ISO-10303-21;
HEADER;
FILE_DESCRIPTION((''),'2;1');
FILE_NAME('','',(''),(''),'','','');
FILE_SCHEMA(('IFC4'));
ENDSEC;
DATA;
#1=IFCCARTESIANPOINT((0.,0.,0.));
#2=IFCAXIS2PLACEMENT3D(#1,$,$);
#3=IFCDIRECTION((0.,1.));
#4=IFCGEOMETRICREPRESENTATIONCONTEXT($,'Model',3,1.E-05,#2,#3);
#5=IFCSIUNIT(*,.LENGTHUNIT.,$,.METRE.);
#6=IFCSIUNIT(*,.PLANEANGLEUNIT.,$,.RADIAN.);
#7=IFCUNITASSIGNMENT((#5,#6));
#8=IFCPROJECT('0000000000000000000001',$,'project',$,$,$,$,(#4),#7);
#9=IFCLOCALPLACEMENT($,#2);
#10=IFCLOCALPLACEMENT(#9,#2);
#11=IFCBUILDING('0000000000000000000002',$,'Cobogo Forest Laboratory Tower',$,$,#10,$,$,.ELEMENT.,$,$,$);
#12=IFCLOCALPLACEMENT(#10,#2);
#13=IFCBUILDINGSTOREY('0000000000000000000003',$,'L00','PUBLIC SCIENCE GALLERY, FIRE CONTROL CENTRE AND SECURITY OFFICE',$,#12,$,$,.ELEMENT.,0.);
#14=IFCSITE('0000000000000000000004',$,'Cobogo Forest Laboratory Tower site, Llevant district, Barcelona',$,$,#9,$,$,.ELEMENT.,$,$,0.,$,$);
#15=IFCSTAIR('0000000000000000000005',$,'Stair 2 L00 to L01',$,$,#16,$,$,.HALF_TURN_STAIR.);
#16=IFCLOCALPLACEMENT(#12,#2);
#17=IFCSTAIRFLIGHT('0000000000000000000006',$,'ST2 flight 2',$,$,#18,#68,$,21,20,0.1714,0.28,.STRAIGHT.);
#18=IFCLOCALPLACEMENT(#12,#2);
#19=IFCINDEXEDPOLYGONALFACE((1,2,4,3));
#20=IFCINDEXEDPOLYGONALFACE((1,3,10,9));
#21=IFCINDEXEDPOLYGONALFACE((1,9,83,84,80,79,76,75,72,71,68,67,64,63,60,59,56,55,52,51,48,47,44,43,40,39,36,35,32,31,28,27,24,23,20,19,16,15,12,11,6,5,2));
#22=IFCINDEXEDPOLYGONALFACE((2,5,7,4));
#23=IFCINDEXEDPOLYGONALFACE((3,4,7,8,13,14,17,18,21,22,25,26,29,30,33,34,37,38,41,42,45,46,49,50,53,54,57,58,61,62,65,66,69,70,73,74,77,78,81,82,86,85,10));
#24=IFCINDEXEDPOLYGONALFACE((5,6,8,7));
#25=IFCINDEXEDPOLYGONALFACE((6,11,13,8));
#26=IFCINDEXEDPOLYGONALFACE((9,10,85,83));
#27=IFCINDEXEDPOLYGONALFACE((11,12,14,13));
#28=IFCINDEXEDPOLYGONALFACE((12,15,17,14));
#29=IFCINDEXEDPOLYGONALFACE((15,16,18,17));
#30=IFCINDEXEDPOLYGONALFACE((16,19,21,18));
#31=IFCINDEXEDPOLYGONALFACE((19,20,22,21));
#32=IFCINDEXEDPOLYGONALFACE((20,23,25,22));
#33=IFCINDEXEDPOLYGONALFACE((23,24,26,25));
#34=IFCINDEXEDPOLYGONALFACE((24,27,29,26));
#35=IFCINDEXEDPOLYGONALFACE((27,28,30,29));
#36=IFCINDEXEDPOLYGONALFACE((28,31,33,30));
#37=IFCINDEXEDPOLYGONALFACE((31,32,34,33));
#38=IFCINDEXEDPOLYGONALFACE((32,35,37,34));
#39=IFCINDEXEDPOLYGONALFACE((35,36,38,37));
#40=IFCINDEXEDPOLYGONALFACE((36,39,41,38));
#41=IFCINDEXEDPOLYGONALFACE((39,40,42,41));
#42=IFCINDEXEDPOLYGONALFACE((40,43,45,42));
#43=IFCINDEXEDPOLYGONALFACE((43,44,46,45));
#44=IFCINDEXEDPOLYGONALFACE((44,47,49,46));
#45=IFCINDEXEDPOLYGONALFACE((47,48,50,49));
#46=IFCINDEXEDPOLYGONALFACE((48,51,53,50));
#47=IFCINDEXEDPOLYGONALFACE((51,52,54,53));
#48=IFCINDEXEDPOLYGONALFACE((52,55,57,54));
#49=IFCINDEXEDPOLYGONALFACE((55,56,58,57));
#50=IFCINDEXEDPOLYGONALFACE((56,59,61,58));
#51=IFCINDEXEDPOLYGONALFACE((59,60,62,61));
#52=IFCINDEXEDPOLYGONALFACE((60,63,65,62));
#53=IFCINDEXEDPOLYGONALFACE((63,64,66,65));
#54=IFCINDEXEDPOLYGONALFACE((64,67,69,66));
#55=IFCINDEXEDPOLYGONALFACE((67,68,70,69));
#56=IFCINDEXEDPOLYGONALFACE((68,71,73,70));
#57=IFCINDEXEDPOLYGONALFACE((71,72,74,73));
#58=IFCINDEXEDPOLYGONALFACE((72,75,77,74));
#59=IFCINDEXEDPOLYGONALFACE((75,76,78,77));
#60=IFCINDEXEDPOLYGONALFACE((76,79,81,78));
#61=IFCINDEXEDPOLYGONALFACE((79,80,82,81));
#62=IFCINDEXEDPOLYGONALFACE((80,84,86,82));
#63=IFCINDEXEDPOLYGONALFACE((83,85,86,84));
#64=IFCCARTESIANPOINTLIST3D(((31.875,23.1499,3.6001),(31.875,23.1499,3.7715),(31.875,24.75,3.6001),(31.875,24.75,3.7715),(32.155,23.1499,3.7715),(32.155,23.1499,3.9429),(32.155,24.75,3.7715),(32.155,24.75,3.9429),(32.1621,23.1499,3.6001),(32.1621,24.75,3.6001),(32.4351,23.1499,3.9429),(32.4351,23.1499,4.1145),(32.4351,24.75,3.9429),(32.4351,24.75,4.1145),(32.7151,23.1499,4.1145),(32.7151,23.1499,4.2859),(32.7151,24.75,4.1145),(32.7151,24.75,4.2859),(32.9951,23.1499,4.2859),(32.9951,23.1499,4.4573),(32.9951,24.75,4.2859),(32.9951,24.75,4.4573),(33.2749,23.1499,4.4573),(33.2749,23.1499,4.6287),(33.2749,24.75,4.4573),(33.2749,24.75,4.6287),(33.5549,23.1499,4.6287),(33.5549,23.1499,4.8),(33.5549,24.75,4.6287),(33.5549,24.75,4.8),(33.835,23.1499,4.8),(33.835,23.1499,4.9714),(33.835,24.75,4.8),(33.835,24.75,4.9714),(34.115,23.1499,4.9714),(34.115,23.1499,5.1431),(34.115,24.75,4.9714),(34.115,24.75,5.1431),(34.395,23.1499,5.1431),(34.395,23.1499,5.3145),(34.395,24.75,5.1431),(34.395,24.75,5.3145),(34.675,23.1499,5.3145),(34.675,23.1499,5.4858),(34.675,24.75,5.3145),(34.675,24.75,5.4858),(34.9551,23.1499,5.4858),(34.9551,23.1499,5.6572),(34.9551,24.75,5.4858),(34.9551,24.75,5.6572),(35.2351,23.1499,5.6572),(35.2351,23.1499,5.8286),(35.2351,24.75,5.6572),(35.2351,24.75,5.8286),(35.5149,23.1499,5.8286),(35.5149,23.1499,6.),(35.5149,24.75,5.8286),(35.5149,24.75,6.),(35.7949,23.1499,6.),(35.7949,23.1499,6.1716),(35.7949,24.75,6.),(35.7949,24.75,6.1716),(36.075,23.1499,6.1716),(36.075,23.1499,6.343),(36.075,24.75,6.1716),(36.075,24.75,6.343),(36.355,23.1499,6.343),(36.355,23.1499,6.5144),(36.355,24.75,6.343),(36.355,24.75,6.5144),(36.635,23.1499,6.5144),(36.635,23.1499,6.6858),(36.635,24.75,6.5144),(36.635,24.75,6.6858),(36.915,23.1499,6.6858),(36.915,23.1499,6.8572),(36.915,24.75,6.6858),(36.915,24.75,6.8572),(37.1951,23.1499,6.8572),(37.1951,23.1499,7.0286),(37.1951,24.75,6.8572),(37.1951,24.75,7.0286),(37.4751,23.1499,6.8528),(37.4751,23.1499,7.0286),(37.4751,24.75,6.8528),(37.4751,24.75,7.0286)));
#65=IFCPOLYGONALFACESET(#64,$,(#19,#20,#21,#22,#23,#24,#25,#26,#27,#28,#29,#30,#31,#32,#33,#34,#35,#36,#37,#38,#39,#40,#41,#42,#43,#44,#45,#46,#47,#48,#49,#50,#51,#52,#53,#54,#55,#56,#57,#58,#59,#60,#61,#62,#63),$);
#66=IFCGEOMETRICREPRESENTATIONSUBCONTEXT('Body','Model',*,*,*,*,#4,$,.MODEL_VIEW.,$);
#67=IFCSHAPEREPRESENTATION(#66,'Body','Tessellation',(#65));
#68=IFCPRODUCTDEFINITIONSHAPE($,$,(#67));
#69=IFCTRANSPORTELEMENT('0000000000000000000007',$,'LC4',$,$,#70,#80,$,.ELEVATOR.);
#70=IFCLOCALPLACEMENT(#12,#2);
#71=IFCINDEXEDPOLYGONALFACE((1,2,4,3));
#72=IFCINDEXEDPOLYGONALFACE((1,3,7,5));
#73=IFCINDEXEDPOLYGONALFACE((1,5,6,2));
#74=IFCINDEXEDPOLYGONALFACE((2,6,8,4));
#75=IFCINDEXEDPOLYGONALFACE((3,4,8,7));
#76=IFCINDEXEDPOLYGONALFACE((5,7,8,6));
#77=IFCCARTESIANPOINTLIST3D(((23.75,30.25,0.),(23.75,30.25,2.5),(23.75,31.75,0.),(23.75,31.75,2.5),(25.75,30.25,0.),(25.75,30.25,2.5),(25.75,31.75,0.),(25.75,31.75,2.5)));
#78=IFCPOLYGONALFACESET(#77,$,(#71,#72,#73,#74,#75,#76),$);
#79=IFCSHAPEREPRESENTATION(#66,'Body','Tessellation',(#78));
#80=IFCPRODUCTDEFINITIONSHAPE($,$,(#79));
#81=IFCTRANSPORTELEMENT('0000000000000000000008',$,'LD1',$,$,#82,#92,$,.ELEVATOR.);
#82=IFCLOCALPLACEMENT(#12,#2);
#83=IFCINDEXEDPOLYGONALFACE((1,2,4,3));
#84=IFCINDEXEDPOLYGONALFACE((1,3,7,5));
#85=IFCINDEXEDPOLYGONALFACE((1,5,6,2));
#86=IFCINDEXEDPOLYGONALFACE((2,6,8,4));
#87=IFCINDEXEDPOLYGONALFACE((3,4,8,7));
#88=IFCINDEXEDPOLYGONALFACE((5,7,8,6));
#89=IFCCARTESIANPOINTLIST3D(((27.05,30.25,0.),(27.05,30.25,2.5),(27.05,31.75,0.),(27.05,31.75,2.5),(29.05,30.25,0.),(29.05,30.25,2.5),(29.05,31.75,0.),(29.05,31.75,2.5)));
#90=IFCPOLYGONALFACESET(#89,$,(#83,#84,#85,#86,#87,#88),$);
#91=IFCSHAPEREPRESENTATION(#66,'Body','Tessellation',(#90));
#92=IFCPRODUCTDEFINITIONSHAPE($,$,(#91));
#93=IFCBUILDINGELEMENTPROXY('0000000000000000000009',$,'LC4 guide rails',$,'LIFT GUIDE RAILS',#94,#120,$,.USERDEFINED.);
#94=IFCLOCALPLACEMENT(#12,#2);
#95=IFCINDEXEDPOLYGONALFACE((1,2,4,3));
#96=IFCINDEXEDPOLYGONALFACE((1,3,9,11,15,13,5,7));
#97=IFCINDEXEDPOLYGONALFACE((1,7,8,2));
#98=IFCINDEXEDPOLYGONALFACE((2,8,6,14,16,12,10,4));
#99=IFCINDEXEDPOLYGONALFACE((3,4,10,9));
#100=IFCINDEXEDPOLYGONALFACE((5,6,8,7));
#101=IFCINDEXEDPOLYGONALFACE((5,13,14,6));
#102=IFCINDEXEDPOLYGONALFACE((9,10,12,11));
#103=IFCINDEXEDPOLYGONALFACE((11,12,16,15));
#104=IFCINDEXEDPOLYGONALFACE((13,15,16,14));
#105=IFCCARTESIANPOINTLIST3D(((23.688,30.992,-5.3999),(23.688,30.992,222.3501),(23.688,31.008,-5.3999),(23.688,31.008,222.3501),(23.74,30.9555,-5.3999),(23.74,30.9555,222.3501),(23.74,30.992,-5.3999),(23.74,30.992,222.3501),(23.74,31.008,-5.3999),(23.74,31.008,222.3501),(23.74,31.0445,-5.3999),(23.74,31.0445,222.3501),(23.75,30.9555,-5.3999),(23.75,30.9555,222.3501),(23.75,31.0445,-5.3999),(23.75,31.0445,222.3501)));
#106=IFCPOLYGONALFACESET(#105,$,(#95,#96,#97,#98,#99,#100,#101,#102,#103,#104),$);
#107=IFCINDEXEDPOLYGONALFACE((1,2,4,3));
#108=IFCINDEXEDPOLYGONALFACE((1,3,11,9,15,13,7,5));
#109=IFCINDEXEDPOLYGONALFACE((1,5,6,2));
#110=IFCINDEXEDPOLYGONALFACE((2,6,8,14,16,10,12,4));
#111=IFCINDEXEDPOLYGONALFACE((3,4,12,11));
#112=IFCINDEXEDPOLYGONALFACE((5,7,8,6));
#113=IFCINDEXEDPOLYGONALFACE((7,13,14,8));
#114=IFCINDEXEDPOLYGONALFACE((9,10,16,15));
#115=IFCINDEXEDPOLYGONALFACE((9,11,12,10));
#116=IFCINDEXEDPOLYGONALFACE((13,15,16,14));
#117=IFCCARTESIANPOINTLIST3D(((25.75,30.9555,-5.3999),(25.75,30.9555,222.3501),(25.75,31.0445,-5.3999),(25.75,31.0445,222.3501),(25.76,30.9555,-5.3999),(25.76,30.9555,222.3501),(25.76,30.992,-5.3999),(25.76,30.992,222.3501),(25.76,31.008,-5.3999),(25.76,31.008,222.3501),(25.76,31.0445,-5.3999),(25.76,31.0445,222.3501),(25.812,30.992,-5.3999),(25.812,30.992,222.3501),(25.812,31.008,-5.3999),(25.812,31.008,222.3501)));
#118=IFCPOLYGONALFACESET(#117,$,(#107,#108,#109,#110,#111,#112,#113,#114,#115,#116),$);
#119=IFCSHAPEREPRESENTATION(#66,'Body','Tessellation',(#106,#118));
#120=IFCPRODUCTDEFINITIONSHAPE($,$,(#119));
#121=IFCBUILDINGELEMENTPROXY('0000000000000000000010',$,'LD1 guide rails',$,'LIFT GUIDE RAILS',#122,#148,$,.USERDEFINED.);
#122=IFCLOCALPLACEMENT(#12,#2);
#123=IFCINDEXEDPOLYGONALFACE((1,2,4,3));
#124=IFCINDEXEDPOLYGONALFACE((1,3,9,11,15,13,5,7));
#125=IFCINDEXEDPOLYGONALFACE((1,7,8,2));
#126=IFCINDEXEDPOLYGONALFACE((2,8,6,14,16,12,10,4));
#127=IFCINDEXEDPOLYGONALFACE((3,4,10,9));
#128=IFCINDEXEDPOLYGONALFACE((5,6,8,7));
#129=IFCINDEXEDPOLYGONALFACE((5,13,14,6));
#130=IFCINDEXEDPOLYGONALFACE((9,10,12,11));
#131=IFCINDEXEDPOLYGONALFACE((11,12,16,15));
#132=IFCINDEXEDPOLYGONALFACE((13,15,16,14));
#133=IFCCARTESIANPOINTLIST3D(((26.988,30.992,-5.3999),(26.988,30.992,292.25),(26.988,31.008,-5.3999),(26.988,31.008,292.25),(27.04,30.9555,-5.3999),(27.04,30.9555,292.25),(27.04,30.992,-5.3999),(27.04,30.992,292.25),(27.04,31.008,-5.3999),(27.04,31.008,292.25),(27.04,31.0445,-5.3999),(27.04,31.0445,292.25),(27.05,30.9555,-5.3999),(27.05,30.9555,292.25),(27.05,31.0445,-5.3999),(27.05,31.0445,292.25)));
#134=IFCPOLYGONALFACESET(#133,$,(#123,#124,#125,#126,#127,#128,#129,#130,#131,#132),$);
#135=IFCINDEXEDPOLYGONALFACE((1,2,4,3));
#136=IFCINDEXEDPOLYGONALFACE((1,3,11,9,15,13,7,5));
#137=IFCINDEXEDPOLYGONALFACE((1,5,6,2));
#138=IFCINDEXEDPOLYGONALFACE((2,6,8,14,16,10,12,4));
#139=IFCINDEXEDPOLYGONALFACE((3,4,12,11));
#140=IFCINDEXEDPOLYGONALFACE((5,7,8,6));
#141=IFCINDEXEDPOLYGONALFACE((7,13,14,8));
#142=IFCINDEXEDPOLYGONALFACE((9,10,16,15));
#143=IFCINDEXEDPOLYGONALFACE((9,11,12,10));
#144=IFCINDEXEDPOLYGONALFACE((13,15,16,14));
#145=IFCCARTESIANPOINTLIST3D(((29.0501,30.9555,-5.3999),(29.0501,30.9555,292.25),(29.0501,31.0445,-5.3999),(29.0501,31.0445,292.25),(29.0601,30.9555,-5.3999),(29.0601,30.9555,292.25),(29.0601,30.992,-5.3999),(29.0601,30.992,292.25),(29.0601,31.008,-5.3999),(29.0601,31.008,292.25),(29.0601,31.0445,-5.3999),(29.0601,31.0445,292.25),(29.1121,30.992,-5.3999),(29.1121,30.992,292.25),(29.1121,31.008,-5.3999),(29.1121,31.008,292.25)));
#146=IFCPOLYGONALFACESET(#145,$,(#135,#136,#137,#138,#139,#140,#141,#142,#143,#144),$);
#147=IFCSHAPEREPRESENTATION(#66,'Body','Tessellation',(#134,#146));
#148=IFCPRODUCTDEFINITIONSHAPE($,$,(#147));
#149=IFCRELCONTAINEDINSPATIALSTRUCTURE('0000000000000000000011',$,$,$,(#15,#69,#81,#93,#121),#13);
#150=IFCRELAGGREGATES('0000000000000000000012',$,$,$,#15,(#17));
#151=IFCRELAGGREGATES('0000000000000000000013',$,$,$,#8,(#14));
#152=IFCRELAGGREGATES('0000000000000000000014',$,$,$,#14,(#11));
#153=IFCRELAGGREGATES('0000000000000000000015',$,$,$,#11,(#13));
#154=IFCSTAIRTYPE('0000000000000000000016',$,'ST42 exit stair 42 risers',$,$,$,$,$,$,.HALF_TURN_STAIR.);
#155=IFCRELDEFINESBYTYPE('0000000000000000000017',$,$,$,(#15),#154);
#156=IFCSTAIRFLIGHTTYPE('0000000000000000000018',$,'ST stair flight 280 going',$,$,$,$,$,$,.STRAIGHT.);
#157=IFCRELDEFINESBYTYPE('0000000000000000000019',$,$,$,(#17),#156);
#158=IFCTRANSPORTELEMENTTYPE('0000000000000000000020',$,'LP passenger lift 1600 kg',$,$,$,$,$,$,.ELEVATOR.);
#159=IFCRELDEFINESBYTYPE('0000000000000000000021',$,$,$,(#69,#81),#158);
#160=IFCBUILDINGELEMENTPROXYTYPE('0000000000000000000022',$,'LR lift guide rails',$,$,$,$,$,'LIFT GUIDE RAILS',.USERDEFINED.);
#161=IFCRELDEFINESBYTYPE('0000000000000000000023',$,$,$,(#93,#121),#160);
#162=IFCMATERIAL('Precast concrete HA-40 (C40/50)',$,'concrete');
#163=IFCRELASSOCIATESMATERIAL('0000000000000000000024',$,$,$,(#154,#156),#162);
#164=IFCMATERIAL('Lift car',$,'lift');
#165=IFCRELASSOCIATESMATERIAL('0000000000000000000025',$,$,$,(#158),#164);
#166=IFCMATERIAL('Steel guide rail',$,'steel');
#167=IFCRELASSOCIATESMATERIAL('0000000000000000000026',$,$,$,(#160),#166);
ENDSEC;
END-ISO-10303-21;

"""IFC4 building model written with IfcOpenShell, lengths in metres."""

from ifc_helpers import new_model, si_unit, direction, frame, origin, origin_2d, place, context, subcontext, project, spatial, polyline, rectangle, t_section, outline, extrude, material, type_object, element, aggregate, save


model = new_model("IFC4")

# Units and contexts
model_context = context("Model", 3, precision=1e-05, world=origin(), true_north=direction((0.0, 1.0)))
body_context = subcontext(model_context, "Body", "Model", "MODEL_VIEW")
ifc_project = project(units=[si_unit("LENGTHUNIT", "METRE"), si_unit("PLANEANGLEUNIT", "RADIAN")], contexts=[model_context])

# Site, building, storey
site_placement = place(None, origin())
site = spatial("IfcSite", under=ifc_project, at=site_placement, Name="Cobogo Forest Laboratory Tower site, Llevant district, Barcelona", CompositionType="ELEMENT", RefElevation=0.0)
building_placement = place(site_placement, origin())
building = spatial("IfcBuilding", under=site, at=building_placement, Name="Cobogo Forest Laboratory Tower", CompositionType="ELEMENT")
storey_placement = place(building_placement, origin())
storey = spatial("IfcBuildingStorey", under=building, at=storey_placement, Name="L00", Description="PUBLIC SCIENCE GALLERY, FIRE CONTROL CENTRE AND SECURITY OFFICE", CompositionType="ELEMENT", Elevation=0.0)

# Stair, stair flight
ifc_material_1 = material(Name="Precast concrete HA-40 (C40/50)", Category="concrete")
stair_type = type_object("IfcStairType", Name="ST42 exit stair 42 risers", PredefinedType="HALF_TURN_STAIR", material=ifc_material_1)
stair_placement = place(storey_placement, origin())
stair = element("IfcStair", 1, at=stair_placement, inside=storey, type_object=stair_type, Name="Stair 2 L00 to L01", PredefinedType="HALF_TURN_STAIR")
stair_flight_type = type_object("IfcStairFlightType", Name="ST stair flight 280 going", PredefinedType="STRAIGHT", material=ifc_material_1)
stair_flight_1_placement = place(storey_placement, frame((31.875, 23.95, 3.6001), z_axis=(0.0, 0.0, 1.0), x_axis=(1.0, 0.0, 0.0)))
stair_flight_1 = element("IfcStairFlight", 2, at=stair_flight_1_placement, type_object=stair_flight_type, Name="ST2 flight 2", NumberOfRisers=21, NumberOfTreads=20, PredefinedType="STRAIGHT", RiserHeight=0.1714, TreadLength=0.28, context=body_context, shape_type="SweptSolid", body=[
    extrude(outline(polyline([(0.0, 0.0), (0.0, 0.1714), (0.28, 0.1714), (0.28, 0.3428), (0.5601, 0.3428), (0.5601, 0.5144), (0.8401, 0.5144), (0.8401, 0.6858), (1.1201, 0.6858), (1.1201, 0.8572), (1.3999, 0.8572), (1.3999, 1.0286), (1.6799, 1.0286), (1.6799, 1.2), (1.96, 1.2), (1.96, 1.3713), (2.24, 1.3713), (2.24, 1.543), (2.52, 1.543), (2.52, 1.7144), (2.8, 1.7144), (2.8, 1.8857), (3.0801, 1.8857), (3.0801, 2.0571), (3.3601, 2.0571), (3.3601, 2.2285), (3.6399, 2.2285), (3.6399, 2.3999), (3.9199, 2.3999), (3.9199, 2.5715), (4.2, 2.5715), (4.2, 2.7429), (4.48, 2.7429), (4.48, 2.9143), (4.76, 2.9143), (4.76, 3.0857), (5.04, 3.0857), (5.04, 3.2571), (5.3201, 3.2571), (5.3201, 3.4285), (5.6001, 3.4285), (5.6001, 3.6001), (5.6001, 3.2527), (0.2871, 0.0), (0.0, 0.0)])), frame((0.0, 0.8, 0.0), z_axis=(0.0, -1.0, 0.0), x_axis=(1.0, 0.0, 0.0)), (0.0, 0.0, 1.0), 1.6001),
])
aggregate(stair, [stair_flight_1])

# Transport elements
ifc_material_2 = material(Name="Lift car", Category="lift")
transport_element_type = type_object("IfcTransportElementType", Name="LP passenger lift 1600 kg", PredefinedType="ELEVATOR", material=ifc_material_2)
for number, where, z_axis, x_axis, name in (
    (3, (24.75, 31.0, 0.0), (0.0, 0.0, 1.0), (1.0, 0.0, 0.0), "LC4"),
    (4, (28.05, 31.0, 0.0), (0.0, 0.0, 1.0), (1.0, 0.0, 0.0), "LD1"),
):
    element("IfcTransportElement", number, at=place(storey_placement, frame(where, z_axis=z_axis, x_axis=x_axis)), inside=storey, type_object=transport_element_type, Name=name, PredefinedType="ELEVATOR", context=body_context, shape_type="SweptSolid", body=[
        extrude(rectangle(XDim=2.0, YDim=1.5, at=origin_2d()), origin(), (0.0, 0.0, 1.0), 2.5),
    ])

# Building element proxies
ifc_material_3 = material(Name="Steel guide rail", Category="steel")
building_element_proxy_type = type_object("IfcBuildingElementProxyType", Name="LR lift guide rails", ElementType="LIFT GUIDE RAILS", PredefinedType="USERDEFINED", material=ifc_material_3)
proxy_1_placement = place(storey_placement, frame((24.75, 31.0, 0.0)))
element("IfcBuildingElementProxy", 5, at=proxy_1_placement, inside=storey, type_object=building_element_proxy_type, Name="LC4 guide rails", ObjectType="LIFT GUIDE RAILS", PredefinedType="USERDEFINED", context=body_context, shape_type="SweptSolid", body=[
    extrude(t_section(Depth=0.062, FlangeWidth=0.089, WebThickness=0.0159, FlangeThickness=0.01, at=origin_2d()), frame((-1.031, 0.0, -5.3999), z_axis=(0.0, 0.0, 1.0), x_axis=(0.0, -1.0, 0.0)), (0.0, 0.0, 1.0), 227.75),
    extrude(t_section(Depth=0.062, FlangeWidth=0.089, WebThickness=0.0159, FlangeThickness=0.01, at=origin_2d()), frame((1.031, 0.0, -5.3999), z_axis=(0.0, 0.0, 1.0), x_axis=(0.0, 1.0, 0.0)), (0.0, 0.0, 1.0), 227.75),
])
proxy_2_placement = place(storey_placement, frame((28.05, 31.0, 0.0)))
element("IfcBuildingElementProxy", 6, at=proxy_2_placement, inside=storey, type_object=building_element_proxy_type, Name="LD1 guide rails", ObjectType="LIFT GUIDE RAILS", PredefinedType="USERDEFINED", context=body_context, shape_type="SweptSolid", body=[
    extrude(t_section(Depth=0.062, FlangeWidth=0.089, WebThickness=0.0159, FlangeThickness=0.01, at=origin_2d()), frame((-1.031, 0.0, -5.3999), z_axis=(0.0, 0.0, 1.0), x_axis=(0.0, -1.0, 0.0)), (0.0, 0.0, 1.0), 297.6499),
    extrude(t_section(Depth=0.062, FlangeWidth=0.089, WebThickness=0.0159, FlangeThickness=0.01, at=origin_2d()), frame((1.031, 0.0, -5.3999), z_axis=(0.0, 0.0, 1.0), x_axis=(0.0, 1.0, 0.0)), (0.0, 0.0, 1.0), 297.6499),
])

save(model, "model.ifc")
